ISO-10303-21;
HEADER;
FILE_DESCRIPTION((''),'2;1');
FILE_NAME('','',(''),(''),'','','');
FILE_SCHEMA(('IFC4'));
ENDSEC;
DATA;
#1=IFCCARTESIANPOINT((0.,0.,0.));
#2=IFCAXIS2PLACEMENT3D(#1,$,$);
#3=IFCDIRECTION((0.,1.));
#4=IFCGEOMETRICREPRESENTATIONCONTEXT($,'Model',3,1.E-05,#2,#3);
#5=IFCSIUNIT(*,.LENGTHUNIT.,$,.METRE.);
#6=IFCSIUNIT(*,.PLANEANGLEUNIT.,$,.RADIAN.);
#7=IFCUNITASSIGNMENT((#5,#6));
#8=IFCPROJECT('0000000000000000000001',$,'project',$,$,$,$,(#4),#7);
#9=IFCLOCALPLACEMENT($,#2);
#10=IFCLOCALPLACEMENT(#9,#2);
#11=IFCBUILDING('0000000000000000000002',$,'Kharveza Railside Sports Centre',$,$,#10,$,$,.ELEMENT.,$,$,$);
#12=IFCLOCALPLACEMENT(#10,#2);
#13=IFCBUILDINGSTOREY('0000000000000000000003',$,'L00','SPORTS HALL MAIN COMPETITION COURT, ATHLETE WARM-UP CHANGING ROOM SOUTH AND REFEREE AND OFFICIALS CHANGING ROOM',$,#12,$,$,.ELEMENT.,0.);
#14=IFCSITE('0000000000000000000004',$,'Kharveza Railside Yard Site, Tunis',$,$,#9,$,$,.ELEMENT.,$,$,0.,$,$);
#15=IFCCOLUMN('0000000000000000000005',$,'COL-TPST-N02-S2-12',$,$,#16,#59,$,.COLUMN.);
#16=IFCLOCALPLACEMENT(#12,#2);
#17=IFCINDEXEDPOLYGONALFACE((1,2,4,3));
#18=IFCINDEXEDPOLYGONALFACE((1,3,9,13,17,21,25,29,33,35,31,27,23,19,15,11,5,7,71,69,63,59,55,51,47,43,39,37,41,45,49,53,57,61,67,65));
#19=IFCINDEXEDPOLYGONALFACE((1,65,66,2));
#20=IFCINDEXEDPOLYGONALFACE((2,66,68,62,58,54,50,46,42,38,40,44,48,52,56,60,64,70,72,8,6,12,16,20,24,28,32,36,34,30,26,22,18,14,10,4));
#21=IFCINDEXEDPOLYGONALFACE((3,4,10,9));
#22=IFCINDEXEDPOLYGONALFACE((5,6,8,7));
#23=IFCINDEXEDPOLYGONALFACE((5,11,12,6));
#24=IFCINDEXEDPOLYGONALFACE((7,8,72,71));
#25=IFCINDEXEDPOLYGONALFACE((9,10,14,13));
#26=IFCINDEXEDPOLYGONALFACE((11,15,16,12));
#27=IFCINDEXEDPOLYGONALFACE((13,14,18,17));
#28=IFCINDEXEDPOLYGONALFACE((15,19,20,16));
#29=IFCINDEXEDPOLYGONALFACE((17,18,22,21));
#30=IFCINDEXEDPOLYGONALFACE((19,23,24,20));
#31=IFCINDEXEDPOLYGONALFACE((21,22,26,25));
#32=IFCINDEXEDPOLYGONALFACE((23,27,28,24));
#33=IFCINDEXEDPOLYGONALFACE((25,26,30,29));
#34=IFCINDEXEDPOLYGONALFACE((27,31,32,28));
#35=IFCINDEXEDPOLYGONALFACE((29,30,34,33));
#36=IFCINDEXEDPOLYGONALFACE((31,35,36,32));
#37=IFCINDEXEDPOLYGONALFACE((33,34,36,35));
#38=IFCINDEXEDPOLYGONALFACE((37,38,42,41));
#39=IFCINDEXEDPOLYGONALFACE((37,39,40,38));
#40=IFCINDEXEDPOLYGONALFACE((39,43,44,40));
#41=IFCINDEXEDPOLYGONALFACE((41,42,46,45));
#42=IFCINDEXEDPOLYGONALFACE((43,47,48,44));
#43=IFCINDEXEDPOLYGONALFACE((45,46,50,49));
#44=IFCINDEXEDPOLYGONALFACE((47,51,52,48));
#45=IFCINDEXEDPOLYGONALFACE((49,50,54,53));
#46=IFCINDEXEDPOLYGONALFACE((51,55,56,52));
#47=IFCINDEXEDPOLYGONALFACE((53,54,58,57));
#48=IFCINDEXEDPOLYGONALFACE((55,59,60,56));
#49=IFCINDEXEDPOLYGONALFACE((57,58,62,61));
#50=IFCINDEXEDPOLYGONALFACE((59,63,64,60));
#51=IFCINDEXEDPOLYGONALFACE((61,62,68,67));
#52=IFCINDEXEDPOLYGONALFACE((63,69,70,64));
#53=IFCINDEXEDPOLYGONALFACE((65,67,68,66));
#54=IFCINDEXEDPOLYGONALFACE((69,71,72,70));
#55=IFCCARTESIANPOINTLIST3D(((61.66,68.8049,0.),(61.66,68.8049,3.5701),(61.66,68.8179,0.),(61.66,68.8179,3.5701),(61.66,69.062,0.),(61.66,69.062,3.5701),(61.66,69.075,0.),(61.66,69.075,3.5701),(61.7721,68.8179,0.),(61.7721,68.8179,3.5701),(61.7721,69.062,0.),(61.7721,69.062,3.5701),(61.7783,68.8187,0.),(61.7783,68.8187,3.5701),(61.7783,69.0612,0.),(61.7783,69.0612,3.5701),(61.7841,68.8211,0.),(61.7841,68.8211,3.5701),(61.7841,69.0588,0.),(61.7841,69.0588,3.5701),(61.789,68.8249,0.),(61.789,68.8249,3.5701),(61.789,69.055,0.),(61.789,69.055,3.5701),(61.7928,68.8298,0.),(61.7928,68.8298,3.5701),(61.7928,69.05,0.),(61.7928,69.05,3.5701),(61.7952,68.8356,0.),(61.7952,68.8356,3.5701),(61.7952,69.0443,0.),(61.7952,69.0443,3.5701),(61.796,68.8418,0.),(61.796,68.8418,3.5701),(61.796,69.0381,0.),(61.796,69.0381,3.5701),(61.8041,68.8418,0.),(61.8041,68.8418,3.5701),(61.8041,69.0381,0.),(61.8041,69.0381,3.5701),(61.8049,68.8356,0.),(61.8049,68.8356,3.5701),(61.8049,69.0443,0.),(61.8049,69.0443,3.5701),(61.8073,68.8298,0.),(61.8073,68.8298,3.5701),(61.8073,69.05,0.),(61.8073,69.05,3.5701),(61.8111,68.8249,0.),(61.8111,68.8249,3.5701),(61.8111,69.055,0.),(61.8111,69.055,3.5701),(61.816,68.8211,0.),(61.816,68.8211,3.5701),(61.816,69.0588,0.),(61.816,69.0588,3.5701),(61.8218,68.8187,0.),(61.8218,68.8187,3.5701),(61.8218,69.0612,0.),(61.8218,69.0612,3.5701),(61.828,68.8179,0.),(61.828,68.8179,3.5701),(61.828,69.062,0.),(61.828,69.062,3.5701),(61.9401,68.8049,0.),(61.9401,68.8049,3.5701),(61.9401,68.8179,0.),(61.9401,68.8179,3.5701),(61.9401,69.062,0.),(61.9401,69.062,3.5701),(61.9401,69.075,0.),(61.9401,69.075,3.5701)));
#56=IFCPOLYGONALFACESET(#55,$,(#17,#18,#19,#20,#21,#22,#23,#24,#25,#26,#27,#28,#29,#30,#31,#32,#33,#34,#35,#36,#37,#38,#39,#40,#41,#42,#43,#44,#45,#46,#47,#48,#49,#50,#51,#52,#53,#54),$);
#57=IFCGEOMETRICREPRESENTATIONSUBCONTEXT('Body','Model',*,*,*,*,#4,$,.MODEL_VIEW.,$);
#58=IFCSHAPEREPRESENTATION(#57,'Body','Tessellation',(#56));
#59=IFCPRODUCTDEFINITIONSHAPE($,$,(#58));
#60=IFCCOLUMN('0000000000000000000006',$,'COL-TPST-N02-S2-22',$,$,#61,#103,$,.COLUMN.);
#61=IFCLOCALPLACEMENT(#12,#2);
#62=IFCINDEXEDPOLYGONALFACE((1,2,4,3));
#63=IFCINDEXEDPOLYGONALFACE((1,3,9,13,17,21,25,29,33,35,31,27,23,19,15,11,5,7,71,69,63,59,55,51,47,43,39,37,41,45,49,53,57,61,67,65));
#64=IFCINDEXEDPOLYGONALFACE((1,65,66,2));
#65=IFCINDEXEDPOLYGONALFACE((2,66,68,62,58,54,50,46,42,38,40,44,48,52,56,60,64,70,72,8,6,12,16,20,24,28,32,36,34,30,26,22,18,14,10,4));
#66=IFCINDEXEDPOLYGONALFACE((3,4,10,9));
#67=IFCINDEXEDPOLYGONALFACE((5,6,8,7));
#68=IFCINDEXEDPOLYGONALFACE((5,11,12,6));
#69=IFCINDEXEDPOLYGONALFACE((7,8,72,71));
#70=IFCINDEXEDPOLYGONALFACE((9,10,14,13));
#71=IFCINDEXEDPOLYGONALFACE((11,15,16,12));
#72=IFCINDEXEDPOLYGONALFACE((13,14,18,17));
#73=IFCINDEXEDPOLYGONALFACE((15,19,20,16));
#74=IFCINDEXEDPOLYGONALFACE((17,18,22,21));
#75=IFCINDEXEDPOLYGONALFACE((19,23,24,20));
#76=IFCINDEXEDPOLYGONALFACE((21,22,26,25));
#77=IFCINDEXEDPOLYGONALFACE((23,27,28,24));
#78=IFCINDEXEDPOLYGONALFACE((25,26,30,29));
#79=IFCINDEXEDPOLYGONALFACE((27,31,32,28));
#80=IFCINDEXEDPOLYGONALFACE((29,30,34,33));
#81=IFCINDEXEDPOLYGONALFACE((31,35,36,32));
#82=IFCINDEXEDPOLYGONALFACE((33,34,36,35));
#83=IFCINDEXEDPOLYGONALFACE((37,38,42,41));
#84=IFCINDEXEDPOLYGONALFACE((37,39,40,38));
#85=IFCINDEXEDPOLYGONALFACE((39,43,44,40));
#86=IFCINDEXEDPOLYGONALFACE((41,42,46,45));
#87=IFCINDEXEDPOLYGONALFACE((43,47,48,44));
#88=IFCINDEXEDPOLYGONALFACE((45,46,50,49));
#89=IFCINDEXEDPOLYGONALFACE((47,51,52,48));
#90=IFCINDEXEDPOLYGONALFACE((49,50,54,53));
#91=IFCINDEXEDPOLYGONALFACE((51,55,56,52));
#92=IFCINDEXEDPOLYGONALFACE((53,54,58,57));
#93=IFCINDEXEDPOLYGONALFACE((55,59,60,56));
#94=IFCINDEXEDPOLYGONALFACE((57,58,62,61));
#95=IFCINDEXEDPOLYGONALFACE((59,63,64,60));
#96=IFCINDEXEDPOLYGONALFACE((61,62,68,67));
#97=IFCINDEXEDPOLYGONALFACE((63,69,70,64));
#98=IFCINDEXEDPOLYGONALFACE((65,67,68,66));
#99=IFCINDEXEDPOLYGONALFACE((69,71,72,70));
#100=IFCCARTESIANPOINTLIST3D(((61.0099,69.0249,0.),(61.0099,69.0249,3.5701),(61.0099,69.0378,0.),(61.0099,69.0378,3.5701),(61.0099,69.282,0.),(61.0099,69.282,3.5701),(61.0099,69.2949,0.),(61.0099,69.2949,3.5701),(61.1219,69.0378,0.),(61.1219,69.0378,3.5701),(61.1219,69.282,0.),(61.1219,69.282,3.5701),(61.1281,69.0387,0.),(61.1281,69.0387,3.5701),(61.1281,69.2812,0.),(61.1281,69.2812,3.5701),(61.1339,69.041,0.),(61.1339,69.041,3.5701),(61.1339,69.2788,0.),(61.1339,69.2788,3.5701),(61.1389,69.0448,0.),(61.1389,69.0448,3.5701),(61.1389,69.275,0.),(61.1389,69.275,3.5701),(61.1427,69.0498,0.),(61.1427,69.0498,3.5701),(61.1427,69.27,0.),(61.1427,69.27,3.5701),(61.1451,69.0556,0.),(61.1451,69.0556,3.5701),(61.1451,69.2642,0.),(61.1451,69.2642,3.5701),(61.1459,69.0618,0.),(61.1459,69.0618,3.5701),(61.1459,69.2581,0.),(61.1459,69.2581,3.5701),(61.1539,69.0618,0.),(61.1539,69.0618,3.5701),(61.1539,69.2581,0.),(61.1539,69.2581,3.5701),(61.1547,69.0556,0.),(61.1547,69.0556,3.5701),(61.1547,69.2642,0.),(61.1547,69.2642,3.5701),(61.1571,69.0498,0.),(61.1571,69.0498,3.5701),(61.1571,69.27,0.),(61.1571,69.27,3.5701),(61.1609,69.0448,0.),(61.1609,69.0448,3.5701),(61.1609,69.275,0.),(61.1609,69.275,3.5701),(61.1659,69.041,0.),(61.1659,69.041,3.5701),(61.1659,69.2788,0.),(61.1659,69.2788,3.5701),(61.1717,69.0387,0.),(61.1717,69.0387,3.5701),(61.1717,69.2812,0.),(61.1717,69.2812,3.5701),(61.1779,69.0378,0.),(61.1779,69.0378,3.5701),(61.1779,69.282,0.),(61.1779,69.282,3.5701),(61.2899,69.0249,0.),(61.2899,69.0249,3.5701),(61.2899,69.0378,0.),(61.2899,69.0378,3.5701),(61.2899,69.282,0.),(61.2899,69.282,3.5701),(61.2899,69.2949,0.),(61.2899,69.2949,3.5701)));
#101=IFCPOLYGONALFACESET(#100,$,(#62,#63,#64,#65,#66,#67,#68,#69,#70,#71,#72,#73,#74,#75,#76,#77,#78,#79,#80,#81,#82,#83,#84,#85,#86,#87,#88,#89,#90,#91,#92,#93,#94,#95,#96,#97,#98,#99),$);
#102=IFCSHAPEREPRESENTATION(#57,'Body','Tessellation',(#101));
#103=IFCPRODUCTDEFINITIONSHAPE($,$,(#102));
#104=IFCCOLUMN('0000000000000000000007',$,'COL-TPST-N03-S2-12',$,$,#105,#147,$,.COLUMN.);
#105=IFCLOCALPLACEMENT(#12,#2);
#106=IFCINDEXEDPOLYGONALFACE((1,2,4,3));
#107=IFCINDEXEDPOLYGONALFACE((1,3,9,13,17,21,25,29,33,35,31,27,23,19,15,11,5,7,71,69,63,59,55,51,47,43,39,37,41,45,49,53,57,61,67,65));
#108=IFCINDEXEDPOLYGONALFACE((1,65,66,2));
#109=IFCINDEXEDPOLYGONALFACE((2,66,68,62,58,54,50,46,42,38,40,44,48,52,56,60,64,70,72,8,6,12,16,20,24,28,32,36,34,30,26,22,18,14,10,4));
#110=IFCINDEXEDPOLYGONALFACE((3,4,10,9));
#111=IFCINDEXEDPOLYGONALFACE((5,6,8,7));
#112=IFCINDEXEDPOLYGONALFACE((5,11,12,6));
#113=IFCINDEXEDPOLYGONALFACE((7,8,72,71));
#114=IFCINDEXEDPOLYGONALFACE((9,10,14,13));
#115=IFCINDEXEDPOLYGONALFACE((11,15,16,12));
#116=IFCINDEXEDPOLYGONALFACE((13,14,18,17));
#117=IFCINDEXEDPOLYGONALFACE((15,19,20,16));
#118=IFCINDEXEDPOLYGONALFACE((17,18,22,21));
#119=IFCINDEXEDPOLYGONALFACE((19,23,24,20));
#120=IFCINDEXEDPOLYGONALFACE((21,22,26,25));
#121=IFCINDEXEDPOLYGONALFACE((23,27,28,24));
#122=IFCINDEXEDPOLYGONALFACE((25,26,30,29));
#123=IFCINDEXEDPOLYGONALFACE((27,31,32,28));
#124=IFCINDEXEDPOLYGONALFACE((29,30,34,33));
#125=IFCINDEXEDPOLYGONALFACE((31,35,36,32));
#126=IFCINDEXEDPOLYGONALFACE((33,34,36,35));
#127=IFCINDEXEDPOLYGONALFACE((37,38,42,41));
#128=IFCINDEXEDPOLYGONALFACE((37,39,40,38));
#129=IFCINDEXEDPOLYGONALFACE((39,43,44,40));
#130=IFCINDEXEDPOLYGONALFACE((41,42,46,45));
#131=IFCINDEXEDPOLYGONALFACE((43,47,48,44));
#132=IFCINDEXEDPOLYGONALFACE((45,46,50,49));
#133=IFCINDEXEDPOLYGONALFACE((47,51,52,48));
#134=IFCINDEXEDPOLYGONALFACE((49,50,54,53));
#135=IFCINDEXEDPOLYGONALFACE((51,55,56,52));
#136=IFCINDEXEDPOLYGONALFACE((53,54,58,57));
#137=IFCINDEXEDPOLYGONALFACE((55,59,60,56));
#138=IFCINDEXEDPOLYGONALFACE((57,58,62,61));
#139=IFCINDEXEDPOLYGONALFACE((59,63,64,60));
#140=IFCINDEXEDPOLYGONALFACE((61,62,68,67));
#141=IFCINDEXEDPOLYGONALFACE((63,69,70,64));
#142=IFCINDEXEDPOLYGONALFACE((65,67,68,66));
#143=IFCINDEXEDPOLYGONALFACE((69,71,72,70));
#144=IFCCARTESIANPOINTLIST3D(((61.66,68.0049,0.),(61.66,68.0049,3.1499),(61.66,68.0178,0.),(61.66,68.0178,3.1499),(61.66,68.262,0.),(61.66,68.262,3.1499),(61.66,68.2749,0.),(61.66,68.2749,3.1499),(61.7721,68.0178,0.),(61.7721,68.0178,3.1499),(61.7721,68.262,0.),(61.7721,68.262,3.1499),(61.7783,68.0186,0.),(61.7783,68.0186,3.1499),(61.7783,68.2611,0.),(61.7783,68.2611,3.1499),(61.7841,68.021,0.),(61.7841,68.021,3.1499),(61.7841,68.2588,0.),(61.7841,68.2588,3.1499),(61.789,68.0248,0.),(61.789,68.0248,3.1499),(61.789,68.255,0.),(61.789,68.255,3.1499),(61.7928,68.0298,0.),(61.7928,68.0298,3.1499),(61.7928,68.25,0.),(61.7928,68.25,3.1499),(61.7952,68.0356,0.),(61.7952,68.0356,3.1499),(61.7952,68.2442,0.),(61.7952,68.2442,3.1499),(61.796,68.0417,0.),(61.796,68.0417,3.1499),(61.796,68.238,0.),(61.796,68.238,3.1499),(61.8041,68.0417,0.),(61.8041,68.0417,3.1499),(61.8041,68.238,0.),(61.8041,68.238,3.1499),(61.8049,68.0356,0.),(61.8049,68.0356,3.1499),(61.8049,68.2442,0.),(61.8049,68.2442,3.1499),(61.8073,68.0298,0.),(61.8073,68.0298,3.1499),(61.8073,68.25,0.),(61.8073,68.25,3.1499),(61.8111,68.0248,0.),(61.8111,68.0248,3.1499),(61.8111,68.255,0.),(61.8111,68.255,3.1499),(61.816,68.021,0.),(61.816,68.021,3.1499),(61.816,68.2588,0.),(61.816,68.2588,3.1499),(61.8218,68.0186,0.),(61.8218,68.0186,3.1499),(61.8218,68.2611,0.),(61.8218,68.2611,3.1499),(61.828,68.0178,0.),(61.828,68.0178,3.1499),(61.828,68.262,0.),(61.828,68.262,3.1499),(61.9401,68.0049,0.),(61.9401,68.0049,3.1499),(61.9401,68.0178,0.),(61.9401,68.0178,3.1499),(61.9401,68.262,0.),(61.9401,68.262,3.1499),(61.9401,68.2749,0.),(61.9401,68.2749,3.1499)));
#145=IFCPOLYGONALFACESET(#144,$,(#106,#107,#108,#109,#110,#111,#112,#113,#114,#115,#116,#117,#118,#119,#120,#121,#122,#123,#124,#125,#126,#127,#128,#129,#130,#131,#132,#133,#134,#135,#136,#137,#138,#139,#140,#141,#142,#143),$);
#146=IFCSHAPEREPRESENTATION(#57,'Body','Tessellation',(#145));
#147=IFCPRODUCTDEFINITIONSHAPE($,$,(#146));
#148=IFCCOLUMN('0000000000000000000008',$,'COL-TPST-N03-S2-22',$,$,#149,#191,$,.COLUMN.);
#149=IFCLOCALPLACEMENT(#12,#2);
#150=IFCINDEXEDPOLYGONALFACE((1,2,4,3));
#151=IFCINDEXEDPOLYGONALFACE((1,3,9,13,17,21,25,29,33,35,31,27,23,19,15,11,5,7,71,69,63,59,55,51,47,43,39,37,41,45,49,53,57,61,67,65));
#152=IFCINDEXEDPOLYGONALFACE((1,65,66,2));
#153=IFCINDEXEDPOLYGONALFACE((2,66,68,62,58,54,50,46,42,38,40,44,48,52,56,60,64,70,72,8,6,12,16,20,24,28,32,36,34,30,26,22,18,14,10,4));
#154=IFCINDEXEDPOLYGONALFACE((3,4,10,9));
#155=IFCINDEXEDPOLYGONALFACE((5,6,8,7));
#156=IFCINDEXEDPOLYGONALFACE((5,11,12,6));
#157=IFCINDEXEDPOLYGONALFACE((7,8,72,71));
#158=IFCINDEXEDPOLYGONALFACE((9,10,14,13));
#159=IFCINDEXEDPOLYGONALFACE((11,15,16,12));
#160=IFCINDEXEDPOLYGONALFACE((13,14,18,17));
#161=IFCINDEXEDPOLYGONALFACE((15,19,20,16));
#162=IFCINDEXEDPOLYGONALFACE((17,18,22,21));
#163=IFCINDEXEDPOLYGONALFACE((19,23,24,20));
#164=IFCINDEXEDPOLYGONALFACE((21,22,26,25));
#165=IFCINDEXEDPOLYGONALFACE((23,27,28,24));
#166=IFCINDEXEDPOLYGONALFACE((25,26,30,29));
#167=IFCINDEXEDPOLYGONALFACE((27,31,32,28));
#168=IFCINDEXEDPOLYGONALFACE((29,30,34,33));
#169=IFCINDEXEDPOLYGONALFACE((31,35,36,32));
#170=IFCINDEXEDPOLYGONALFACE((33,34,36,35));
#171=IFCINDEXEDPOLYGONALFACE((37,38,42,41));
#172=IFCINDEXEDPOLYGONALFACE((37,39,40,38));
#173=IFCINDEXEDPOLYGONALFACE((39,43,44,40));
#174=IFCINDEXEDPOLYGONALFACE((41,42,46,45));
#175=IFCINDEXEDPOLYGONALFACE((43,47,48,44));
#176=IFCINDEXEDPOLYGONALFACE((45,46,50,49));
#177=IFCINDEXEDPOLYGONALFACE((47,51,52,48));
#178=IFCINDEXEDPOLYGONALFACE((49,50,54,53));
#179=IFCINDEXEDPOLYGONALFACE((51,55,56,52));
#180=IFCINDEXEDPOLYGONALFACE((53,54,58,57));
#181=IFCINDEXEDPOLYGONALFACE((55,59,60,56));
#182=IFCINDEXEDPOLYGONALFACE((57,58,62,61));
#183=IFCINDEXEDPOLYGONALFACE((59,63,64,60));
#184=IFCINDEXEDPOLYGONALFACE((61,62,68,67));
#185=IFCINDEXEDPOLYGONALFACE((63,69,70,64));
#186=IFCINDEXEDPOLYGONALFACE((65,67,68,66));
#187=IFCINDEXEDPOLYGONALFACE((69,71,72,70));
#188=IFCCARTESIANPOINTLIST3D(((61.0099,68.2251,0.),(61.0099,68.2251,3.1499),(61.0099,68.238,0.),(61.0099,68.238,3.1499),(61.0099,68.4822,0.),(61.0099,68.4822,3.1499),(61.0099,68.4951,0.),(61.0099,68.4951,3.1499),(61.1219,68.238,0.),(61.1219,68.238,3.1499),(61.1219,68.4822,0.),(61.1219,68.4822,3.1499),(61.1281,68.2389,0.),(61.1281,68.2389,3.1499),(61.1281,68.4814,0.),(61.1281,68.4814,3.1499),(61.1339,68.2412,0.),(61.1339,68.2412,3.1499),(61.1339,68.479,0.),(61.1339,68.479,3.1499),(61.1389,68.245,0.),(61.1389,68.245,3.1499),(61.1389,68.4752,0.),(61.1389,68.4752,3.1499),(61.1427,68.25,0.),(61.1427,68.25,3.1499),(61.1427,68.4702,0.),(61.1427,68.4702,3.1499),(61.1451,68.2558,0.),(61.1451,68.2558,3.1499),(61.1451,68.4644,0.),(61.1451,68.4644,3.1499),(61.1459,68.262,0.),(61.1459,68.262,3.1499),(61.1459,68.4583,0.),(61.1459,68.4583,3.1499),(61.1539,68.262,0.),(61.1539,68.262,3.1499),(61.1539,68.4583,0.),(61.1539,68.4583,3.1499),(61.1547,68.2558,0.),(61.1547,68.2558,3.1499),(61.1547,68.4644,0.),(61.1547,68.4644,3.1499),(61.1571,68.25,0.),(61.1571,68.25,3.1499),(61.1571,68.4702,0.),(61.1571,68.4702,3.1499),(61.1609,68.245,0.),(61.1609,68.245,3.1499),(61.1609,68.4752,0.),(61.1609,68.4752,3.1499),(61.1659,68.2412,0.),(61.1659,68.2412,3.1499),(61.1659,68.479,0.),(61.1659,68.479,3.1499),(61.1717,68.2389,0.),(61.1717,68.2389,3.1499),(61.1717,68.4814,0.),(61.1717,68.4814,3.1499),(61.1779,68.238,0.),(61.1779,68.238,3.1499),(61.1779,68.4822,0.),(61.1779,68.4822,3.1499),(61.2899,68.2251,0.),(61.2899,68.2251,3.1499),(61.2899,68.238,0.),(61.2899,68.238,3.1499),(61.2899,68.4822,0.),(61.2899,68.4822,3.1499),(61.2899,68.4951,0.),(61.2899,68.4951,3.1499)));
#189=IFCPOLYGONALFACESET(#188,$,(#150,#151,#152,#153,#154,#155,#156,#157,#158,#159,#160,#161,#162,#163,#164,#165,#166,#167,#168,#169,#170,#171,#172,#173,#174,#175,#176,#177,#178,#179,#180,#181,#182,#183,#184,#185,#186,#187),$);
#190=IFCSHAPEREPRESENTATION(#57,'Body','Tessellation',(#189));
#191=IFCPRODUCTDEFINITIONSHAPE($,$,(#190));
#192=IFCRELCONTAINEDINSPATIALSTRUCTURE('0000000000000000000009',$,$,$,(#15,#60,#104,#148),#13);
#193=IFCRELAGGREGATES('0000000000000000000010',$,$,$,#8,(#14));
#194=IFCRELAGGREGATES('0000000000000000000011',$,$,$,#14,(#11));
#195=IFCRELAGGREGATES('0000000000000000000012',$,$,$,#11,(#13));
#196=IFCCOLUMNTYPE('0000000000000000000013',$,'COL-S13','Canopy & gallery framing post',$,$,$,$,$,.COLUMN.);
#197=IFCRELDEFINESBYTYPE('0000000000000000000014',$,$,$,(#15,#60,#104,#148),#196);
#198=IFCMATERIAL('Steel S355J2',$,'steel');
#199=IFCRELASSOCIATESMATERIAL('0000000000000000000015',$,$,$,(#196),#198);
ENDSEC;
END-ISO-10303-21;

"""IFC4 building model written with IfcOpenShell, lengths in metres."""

from ifc_helpers import new_model, si_unit, direction, frame, origin, origin_2d, place, context, subcontext, project, spatial, i_section, extrude, material, material_profile, profile_set, type_object, element, save


model = new_model("IFC4")

# Units and contexts
model_context = context("Model", 3, precision=1e-05, world=origin(), true_north=direction((0.0, 1.0)))
body_context = subcontext(model_context, "Body", "Model", "MODEL_VIEW")
ifc_project = project(units=[si_unit("LENGTHUNIT", "METRE"), si_unit("PLANEANGLEUNIT", "RADIAN")], contexts=[model_context])

# Site, building, storey
site_placement = place(None, origin())
site = spatial("IfcSite", under=ifc_project, at=site_placement, Name="Kharveza Railside Yard Site, Tunis", CompositionType="ELEMENT", RefElevation=0.0)
building_placement = place(site_placement, origin())
building = spatial("IfcBuilding", under=site, at=building_placement, Name="Kharveza Railside Sports Centre", CompositionType="ELEMENT")
storey_placement = place(building_placement, origin())
storey = spatial("IfcBuildingStorey", under=building, at=storey_placement, Name="L00", Description="SPORTS HALL MAIN COMPETITION COURT, ATHLETE WARM-UP CHANGING ROOM SOUTH AND REFEREE AND OFFICIALS CHANGING ROOM", CompositionType="ELEMENT", Elevation=0.0)

# Columns
ifc_material_1 = material(Name="Steel S355J2", Category="steel")
ifc_material_profile_1 = material_profile(ifc_material_1, i_section(OverallWidth=0.28, OverallDepth=0.27, WebThickness=0.0081, FlangeThickness=0.0129, FilletRadius=0.0239, at=origin_2d()), Name="HEA 280")
ifc_profile_set_1 = profile_set([ifc_material_profile_1], Name="Steel S355J2")
column_type_1 = type_object("IfcColumnType", Name="COL-S13", Description="Canopy & gallery framing post", PredefinedType="COLUMN", material=ifc_profile_set_1)
for number, where, z_axis, x_axis, name in (
    (1, (61.8, 68.9399, 0.0), (0.0, 0.0, 1.0), (1.0, 0.0, 0.0), "COL-TPST-N02-S2-12"),
    (2, (61.1499, 69.1599, 0.0), (0.0, 0.0, 1.0), (1.0, 0.0, 0.0), "COL-TPST-N02-S2-22"),
):
    element("IfcColumn", number, at=place(storey_placement, frame(where, z_axis=z_axis, x_axis=x_axis)), inside=storey, type_object=column_type_1, Name=name, PredefinedType="COLUMN", context=body_context, shape_type="SweptSolid", body=[
        extrude(i_section(OverallWidth=0.28, OverallDepth=0.27, WebThickness=0.0081, FlangeThickness=0.0129, FilletRadius=0.0239, at=origin_2d()), origin(), (0.0, 0.0, 1.0), 3.5701),
    ])
for number, where, z_axis, x_axis, name in (
    (3, (61.8, 68.1399, 0.0), (0.0, 0.0, 1.0), (1.0, 0.0, 0.0), "COL-TPST-N03-S2-12"),
    (4, (61.1499, 68.3601, 0.0), (0.0, 0.0, 1.0), (1.0, 0.0, 0.0), "COL-TPST-N03-S2-22"),
):
    element("IfcColumn", number, at=place(storey_placement, frame(where, z_axis=z_axis, x_axis=x_axis)), inside=storey, type_object=column_type_1, Name=name, PredefinedType="COLUMN", context=body_context, shape_type="SweptSolid", body=[
        extrude(i_section(OverallWidth=0.28, OverallDepth=0.27, WebThickness=0.0081, FlangeThickness=0.0129, FilletRadius=0.0239, at=origin_2d()), origin(), (0.0, 0.0, 1.0), 3.1499),
    ])

save(model, "model.ifc")
